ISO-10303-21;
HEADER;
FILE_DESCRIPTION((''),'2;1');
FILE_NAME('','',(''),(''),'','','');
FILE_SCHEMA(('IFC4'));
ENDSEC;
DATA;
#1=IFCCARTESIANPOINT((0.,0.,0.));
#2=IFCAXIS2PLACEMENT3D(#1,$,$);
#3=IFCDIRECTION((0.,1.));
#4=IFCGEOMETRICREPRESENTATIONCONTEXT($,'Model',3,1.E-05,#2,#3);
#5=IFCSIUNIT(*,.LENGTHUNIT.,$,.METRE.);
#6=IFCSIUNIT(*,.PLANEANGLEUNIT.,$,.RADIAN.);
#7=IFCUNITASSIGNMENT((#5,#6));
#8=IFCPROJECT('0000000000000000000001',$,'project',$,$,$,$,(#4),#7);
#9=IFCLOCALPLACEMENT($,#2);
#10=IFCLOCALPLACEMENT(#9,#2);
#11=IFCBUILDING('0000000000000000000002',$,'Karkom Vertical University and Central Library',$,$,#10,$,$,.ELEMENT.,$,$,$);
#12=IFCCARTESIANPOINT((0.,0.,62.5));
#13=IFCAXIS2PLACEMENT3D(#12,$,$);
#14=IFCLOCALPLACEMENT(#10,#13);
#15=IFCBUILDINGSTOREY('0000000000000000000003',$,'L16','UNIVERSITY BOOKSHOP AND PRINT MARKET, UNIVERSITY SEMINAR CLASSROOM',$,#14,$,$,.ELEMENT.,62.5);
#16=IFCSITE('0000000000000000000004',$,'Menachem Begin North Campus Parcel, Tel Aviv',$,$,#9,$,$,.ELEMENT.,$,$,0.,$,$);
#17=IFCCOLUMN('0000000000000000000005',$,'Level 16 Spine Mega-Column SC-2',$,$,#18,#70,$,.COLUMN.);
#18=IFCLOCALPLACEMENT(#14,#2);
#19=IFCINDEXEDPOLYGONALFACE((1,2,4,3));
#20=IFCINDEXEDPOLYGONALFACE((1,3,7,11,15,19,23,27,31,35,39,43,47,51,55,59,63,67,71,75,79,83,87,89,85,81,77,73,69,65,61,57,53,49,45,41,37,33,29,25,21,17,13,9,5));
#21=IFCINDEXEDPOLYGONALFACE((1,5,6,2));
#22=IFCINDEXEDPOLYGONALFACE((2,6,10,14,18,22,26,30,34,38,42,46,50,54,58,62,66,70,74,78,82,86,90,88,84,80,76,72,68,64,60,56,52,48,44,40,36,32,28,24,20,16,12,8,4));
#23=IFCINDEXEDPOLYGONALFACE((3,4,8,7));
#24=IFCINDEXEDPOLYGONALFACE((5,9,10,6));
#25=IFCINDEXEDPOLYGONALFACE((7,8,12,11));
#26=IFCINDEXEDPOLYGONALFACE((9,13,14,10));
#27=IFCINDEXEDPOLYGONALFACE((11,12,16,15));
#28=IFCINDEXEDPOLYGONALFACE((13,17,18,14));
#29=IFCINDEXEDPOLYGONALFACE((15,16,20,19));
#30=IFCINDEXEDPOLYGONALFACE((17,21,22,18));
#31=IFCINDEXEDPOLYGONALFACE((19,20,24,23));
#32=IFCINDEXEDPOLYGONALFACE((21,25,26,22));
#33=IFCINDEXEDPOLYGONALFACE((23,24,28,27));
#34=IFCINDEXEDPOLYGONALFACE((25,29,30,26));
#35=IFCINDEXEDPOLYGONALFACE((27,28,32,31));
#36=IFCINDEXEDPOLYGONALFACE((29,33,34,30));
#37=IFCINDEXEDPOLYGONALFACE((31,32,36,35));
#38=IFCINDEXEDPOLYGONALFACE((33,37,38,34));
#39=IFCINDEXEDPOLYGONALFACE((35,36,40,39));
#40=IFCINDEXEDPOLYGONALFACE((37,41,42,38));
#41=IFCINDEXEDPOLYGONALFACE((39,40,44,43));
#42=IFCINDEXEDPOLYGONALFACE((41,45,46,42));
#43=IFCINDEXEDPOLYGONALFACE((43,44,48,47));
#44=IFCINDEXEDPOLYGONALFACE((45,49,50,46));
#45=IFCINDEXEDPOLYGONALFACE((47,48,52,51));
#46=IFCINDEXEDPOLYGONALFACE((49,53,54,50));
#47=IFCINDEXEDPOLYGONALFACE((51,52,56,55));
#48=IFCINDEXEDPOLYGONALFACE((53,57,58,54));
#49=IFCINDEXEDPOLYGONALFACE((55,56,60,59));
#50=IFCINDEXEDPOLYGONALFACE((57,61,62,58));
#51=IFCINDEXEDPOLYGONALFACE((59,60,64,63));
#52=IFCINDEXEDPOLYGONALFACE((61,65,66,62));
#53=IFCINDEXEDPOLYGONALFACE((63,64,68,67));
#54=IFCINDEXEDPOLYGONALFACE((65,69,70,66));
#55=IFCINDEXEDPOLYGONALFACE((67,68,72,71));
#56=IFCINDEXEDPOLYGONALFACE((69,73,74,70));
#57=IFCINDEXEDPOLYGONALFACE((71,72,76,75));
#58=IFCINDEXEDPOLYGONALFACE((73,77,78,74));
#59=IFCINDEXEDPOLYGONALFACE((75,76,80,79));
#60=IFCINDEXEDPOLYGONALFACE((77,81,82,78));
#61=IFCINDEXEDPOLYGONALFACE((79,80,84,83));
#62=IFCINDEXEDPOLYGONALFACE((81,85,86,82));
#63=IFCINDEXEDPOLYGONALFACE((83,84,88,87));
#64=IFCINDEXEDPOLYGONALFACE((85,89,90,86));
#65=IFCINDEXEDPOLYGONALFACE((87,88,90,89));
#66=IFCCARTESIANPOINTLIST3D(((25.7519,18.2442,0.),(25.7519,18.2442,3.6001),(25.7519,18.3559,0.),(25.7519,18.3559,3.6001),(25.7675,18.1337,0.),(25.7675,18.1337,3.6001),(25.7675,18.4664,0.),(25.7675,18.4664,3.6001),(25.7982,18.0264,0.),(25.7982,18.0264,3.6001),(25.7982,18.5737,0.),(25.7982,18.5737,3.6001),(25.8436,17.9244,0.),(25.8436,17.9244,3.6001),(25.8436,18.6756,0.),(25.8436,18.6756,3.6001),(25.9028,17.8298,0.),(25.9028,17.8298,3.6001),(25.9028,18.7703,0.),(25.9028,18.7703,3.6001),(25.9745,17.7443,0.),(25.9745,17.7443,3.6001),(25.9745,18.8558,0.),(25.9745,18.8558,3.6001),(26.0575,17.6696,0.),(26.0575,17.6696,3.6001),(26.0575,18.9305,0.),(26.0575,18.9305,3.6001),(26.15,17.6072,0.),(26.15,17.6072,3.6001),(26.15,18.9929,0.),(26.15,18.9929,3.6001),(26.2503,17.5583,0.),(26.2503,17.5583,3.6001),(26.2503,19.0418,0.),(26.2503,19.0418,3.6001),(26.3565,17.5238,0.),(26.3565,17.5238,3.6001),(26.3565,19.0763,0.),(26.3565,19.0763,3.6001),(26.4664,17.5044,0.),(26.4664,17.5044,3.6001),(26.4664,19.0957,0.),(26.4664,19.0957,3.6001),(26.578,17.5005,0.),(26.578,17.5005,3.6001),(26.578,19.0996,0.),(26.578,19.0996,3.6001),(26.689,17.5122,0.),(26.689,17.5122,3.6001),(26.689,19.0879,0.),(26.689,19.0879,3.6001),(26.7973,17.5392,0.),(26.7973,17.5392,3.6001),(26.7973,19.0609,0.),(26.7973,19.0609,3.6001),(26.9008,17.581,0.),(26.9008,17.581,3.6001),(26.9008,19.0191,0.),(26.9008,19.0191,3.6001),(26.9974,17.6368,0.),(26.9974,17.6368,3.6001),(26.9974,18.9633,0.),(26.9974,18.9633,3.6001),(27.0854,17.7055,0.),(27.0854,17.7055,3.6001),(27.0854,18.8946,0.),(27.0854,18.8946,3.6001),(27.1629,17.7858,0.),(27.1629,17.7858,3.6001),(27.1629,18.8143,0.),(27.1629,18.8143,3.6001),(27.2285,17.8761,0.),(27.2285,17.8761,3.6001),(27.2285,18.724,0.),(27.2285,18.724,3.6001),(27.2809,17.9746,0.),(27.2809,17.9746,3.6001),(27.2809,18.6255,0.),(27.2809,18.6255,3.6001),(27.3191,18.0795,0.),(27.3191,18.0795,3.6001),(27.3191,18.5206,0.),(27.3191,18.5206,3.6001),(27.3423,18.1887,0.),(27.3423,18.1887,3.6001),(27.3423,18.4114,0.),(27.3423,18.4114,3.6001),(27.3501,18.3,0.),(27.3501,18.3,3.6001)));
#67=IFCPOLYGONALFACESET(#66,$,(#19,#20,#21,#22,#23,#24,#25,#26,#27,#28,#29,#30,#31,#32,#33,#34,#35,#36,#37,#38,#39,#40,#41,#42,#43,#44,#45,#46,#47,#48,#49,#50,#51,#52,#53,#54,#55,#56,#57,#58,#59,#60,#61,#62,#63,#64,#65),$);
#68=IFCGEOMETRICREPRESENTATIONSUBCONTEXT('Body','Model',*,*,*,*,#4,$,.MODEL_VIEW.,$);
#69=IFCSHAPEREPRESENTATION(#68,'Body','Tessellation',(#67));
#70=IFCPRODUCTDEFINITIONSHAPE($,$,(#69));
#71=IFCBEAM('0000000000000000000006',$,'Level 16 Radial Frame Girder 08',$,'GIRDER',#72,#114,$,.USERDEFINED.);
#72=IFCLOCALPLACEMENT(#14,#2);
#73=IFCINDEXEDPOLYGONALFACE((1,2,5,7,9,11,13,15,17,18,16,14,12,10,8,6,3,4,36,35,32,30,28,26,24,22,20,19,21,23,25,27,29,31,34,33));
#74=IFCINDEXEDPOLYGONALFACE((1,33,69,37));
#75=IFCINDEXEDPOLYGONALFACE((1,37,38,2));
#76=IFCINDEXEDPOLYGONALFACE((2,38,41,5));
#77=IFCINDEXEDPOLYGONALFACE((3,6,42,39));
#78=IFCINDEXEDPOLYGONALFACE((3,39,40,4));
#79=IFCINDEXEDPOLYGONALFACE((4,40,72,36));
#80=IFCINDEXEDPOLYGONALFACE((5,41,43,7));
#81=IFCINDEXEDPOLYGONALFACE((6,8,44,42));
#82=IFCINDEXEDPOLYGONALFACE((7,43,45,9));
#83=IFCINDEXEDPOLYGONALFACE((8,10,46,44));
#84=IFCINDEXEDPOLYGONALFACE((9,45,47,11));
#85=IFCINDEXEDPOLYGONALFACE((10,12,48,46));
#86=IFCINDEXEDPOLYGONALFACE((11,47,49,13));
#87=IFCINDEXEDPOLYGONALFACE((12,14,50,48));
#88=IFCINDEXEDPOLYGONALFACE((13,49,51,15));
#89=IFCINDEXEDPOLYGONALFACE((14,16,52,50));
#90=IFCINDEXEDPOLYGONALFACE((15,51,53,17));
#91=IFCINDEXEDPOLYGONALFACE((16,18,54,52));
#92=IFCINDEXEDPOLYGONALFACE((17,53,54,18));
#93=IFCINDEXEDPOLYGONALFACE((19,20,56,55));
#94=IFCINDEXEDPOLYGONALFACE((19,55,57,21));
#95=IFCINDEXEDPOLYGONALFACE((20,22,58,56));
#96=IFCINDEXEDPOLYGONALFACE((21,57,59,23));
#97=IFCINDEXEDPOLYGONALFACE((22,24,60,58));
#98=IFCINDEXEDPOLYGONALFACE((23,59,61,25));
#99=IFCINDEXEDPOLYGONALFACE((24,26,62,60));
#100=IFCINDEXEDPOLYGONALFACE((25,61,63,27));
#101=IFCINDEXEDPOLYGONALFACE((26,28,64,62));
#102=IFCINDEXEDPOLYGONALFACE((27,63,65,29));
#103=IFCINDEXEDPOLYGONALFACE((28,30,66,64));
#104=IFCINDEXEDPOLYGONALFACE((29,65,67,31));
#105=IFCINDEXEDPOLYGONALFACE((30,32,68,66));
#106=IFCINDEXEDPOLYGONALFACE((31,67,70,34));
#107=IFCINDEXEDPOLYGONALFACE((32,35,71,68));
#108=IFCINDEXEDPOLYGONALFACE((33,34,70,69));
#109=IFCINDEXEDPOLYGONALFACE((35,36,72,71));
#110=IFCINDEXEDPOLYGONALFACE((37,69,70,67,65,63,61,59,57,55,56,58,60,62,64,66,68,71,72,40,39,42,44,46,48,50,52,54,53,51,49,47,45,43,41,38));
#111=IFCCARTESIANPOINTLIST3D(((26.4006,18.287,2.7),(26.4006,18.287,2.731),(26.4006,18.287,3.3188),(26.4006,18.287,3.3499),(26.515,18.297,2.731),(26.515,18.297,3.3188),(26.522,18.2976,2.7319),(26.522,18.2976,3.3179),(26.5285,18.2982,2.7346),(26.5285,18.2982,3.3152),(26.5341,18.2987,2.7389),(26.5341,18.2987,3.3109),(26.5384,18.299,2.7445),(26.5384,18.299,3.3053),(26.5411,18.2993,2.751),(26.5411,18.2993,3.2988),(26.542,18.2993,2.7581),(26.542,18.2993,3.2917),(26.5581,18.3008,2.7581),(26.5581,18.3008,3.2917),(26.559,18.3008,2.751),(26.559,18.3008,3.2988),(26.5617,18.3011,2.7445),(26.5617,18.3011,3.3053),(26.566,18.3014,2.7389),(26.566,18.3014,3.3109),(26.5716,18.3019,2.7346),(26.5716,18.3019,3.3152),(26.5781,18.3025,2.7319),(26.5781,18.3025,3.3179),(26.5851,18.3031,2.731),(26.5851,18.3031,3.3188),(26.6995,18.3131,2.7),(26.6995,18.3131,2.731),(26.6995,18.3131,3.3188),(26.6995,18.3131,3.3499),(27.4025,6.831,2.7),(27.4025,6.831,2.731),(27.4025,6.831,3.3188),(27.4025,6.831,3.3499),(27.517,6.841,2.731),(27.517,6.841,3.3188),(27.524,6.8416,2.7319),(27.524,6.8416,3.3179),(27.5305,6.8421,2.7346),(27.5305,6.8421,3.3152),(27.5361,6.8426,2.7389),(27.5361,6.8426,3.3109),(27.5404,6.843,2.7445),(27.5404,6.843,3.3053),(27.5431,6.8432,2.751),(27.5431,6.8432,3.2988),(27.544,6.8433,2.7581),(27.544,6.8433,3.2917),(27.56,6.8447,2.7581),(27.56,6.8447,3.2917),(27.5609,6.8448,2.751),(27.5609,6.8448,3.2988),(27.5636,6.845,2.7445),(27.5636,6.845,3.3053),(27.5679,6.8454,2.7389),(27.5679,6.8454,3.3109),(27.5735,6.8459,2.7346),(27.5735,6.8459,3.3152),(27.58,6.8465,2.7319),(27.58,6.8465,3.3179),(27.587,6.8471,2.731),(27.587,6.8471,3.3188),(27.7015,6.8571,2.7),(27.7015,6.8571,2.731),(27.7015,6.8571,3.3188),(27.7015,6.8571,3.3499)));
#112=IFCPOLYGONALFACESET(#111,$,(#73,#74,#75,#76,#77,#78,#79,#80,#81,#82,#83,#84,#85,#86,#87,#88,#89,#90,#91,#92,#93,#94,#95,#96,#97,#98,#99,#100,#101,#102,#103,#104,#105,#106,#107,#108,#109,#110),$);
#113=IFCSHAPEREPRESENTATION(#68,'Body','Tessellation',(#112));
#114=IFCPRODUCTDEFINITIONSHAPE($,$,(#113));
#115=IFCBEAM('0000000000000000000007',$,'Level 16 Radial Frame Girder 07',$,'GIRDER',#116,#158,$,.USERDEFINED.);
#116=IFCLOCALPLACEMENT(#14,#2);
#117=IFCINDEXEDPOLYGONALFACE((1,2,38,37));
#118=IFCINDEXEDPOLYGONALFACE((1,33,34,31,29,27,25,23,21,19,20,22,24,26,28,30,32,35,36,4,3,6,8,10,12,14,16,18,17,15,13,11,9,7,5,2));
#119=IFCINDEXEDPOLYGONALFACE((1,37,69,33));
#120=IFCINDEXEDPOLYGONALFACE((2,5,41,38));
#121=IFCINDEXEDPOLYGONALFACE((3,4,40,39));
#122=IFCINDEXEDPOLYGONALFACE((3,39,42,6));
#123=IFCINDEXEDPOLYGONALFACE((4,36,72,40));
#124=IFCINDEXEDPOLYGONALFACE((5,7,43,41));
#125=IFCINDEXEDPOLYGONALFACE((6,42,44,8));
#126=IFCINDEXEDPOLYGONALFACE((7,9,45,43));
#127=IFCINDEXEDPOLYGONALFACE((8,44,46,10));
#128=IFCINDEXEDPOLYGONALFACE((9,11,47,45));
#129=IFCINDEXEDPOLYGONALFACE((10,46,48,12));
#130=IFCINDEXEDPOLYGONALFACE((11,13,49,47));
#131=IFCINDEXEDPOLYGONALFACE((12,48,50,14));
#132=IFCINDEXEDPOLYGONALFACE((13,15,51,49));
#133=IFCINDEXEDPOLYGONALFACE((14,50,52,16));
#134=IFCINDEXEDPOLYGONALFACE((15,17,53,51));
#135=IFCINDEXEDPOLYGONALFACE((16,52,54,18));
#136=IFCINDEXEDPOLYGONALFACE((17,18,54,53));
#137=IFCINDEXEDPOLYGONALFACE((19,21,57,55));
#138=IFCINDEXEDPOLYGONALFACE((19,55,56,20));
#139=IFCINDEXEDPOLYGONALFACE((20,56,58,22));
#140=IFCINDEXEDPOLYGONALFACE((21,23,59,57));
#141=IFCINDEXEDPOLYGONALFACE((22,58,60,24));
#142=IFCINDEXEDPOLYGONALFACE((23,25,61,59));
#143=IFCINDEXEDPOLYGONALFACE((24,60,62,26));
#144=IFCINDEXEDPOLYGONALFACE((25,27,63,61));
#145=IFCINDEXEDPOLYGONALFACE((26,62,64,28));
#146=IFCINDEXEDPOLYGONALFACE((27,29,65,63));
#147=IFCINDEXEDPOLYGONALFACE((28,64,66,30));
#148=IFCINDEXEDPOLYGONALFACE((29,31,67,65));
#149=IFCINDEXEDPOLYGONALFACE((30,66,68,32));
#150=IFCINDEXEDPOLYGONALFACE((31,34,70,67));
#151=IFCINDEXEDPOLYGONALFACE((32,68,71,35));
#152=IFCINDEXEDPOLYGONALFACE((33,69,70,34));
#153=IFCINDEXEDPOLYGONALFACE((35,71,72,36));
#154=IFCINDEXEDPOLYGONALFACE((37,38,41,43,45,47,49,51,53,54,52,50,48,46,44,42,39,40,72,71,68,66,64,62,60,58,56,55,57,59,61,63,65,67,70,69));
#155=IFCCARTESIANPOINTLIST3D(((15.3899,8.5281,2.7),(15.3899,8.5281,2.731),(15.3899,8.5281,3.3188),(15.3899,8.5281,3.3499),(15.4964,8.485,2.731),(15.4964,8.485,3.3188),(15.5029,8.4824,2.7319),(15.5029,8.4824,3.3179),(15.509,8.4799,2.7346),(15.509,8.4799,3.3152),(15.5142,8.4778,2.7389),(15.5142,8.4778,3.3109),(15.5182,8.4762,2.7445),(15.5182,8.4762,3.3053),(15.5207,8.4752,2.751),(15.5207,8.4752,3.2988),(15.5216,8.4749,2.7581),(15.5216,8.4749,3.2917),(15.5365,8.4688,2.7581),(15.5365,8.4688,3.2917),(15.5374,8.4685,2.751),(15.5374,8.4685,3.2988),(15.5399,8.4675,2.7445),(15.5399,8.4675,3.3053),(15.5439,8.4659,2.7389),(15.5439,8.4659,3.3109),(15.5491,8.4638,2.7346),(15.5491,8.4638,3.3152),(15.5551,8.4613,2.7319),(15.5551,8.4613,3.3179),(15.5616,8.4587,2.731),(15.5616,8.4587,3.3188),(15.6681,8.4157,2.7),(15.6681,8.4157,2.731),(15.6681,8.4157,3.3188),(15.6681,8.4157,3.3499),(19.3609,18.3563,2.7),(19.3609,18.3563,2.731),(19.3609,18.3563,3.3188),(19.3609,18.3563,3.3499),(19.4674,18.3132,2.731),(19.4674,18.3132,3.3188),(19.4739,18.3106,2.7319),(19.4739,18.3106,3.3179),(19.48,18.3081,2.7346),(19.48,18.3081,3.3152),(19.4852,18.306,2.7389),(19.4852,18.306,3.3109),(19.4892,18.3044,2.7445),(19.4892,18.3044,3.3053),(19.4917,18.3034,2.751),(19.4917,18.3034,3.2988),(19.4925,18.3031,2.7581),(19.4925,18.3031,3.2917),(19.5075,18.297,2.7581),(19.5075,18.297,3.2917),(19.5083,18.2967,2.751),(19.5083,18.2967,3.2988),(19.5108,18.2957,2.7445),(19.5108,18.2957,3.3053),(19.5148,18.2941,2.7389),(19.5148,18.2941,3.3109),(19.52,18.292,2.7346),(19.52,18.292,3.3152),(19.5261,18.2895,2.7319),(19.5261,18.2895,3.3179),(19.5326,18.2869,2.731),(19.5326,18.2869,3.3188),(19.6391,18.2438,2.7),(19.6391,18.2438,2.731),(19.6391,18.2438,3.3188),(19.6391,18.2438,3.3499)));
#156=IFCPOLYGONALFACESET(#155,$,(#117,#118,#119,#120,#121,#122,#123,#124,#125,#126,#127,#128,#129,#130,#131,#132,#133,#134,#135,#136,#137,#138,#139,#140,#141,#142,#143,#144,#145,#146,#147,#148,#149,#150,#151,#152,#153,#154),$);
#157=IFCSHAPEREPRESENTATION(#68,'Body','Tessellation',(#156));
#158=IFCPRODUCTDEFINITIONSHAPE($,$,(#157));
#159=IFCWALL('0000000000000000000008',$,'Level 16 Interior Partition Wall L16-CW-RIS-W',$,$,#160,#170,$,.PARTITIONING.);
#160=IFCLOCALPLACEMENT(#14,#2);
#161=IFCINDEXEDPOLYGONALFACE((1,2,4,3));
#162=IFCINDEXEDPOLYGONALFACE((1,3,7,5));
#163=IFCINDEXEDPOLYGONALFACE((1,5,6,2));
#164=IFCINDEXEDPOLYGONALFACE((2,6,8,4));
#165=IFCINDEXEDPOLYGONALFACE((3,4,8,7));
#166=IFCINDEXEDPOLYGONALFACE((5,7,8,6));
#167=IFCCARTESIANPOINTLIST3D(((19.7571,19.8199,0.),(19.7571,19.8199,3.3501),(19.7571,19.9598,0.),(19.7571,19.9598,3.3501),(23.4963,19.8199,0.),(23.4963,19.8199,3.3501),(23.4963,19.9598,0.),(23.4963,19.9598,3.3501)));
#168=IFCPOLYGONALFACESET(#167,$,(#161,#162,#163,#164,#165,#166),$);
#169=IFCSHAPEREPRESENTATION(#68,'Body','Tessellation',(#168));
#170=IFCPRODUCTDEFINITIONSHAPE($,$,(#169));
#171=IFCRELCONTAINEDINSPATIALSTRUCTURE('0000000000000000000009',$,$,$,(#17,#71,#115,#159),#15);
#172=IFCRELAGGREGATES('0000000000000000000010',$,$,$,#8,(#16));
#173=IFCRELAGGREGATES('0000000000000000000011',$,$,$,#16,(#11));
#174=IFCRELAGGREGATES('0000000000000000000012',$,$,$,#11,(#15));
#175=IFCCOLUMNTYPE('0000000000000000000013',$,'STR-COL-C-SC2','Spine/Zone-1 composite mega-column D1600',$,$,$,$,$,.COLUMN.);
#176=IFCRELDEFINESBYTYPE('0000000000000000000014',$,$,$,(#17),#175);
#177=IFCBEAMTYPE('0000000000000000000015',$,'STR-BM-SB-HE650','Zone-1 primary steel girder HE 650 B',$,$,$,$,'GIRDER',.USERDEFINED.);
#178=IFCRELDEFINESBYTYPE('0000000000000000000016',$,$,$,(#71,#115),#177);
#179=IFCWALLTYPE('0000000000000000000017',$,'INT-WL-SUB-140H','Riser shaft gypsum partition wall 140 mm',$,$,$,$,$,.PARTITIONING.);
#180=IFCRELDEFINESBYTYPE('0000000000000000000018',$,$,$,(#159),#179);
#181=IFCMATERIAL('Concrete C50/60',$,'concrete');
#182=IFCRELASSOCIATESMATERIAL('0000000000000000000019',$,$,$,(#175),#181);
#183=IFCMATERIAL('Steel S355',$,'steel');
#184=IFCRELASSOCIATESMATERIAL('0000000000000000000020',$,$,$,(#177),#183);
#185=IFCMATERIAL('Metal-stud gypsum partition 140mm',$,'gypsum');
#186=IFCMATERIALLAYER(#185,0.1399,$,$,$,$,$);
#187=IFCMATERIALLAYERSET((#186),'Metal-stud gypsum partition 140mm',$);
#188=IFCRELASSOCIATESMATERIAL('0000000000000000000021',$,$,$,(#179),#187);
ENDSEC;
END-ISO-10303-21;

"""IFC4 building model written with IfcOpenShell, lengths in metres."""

from ifc_helpers import new_model, si_unit, direction, frame, frame_2d, origin, origin_with_axes, origin_2d, place, context, subcontext, project, spatial, rectangle, circle, i_section, extrude, source, transform, mapped, material, layer, layer_set, material_profile, profile_set, type_object, element, save


model = new_model("IFC4")

# Units and contexts
model_context = context("Model", 3, precision=1e-05, world=origin(), true_north=direction((0.0, 1.0)))
body_context = subcontext(model_context, "Body", "Model", "MODEL_VIEW")
ifc_project = project(units=[si_unit("LENGTHUNIT", "METRE"), si_unit("PLANEANGLEUNIT", "RADIAN")], contexts=[model_context])

# Site, building, storey
site_placement = place(None, origin())
site = spatial("IfcSite", under=ifc_project, at=site_placement, Name="Menachem Begin North Campus Parcel, Tel Aviv", CompositionType="ELEMENT", RefElevation=0.0)
building_placement = place(site_placement, origin())
building = spatial("IfcBuilding", under=site, at=building_placement, Name="Karkom Vertical University and Central Library", CompositionType="ELEMENT")
storey_placement = place(building_placement, frame((0.0, 0.0, 62.5)))
storey = spatial("IfcBuildingStorey", under=building, at=storey_placement, Name="L16", Description="UNIVERSITY BOOKSHOP AND PRINT MARKET, UNIVERSITY SEMINAR CLASSROOM", CompositionType="ELEMENT", Elevation=62.5)

# Column
ifc_material_1 = material(Name="Concrete C50/60", Category="concrete")
ifc_material_profile_1 = material_profile(ifc_material_1, circle(Radius=0.8, at=origin_2d()), Name="CFT-D1600")
ifc_profile_set_1 = profile_set([ifc_material_profile_1], Name="Concrete C50/60")
column_type = type_object("IfcColumnType", Name="STR-COL-C-SC2", Description="Spine/Zone-1 composite mega-column D1600", PredefinedType="COLUMN", material=ifc_profile_set_1)
shared_shape_1 = source(origin_with_axes(), body_context, "Body", "SweptSolid", [
    extrude(circle(Radius=0.8, at=origin_2d()), origin(), (0.0, 0.0, 1.0), 3.6001),
])
column_placement = place(storey_placement, frame((26.55, 18.3, 0.0), z_axis=(0.0, 0.0, 1.0), x_axis=(1.0, 0.0, 0.0)))
element("IfcColumn", 1, at=column_placement, inside=storey, type_object=column_type, Name="Level 16 Spine Mega-Column SC-2", PredefinedType="COLUMN", context=body_context, shape_type="MappedRepresentation", body=[
    mapped(shared_shape_1, transform((0.0, 0.0, 0.0), scale=1.0)),
])

# Beams
ifc_material_2 = material(Name="Steel S355", Category="steel")
ifc_material_profile_2 = material_profile(ifc_material_2, i_section(OverallWidth=0.3, OverallDepth=0.6499, WebThickness=0.0161, FlangeThickness=0.031, FilletRadius=0.0271, at=origin_2d()), Name="HE 650 B")
ifc_profile_set_2 = profile_set([ifc_material_profile_2], Name="Steel S355")
beam_type = type_object("IfcBeamType", Name="STR-BM-SB-HE650", Description="Zone-1 primary steel girder HE 650 B", ElementType="GIRDER", PredefinedType="USERDEFINED", material=ifc_profile_set_2)
shared_shape_2 = source(origin_with_axes(), body_context, "Body", "SweptSolid", [
    extrude(i_section(OverallWidth=0.3, OverallDepth=0.6499, WebThickness=0.0161, FlangeThickness=0.031, FilletRadius=0.0271, at=origin_2d()), origin(), (0.0, 0.0, 1.0), 11.4998),
])
beam_1_placement = place(storey_placement, frame((26.55, 18.3, 3.0249), z_axis=(0.087128, -0.996197, 0.0), x_axis=(0.996197, 0.087128, 0.0)))
element("IfcBeam", 2, at=beam_1_placement, inside=storey, type_object=beam_type, Name="Level 16 Radial Frame Girder 08", ObjectType="GIRDER", PredefinedType="USERDEFINED", context=body_context, shape_type="MappedRepresentation", body=[
    mapped(shared_shape_2, transform((0.0, 0.0, 0.0), scale=1.0)),
])
shared_shape_3 = source(origin_with_axes(), body_context, "Body", "SweptSolid", [
    extrude(i_section(OverallWidth=0.3, OverallDepth=0.6499, WebThickness=0.0161, FlangeThickness=0.031, FilletRadius=0.0271, at=origin_2d()), origin(), (0.0, 0.0, 1.0), 10.6001),
])
beam_2_placement = place(storey_placement, frame((19.5, 18.3, 3.0249), z_axis=(-0.374617, -0.92718, 0.0), x_axis=(0.92718, -0.374617, 0.0)))
element("IfcBeam", 3, at=beam_2_placement, inside=storey, type_object=beam_type, Name="Level 16 Radial Frame Girder 07", ObjectType="GIRDER", PredefinedType="USERDEFINED", context=body_context, shape_type="MappedRepresentation", body=[
    mapped(shared_shape_3, transform((0.0, 0.0, 0.0), scale=1.0)),
])

# Wall
ifc_material_3 = material(Name="Metal-stud gypsum partition 140mm", Category="gypsum")
ifc_layer_1 = layer(ifc_material_3, 0.1399)
ifc_layer_set_1 = layer_set([ifc_layer_1], Name="Metal-stud gypsum partition 140mm")
wall_type_1 = type_object("IfcWallType", Name="INT-WL-SUB-140H", Description="Riser shaft gypsum partition wall 140 mm", PredefinedType="PARTITIONING", material=ifc_layer_set_1)
wall_1_placement = place(storey_placement, frame((19.7571, 19.8899, 0.0), z_axis=(0.0, 0.0, 1.0), x_axis=(1.0, 0.0, 0.0)))
element("IfcWall", 4, at=wall_1_placement, inside=storey, type_object=wall_type_1, Name="Level 16 Interior Partition Wall L16-CW-RIS-W", PredefinedType="PARTITIONING", context=body_context, shape_type="SweptSolid", body=[
    extrude(rectangle(XDim=3.7393, YDim=0.1399, at=frame_2d((1.8696, 0.0))), origin(), (0.0, 0.0, 1.0), 3.3501),
])

save(model, "model.ifc")
